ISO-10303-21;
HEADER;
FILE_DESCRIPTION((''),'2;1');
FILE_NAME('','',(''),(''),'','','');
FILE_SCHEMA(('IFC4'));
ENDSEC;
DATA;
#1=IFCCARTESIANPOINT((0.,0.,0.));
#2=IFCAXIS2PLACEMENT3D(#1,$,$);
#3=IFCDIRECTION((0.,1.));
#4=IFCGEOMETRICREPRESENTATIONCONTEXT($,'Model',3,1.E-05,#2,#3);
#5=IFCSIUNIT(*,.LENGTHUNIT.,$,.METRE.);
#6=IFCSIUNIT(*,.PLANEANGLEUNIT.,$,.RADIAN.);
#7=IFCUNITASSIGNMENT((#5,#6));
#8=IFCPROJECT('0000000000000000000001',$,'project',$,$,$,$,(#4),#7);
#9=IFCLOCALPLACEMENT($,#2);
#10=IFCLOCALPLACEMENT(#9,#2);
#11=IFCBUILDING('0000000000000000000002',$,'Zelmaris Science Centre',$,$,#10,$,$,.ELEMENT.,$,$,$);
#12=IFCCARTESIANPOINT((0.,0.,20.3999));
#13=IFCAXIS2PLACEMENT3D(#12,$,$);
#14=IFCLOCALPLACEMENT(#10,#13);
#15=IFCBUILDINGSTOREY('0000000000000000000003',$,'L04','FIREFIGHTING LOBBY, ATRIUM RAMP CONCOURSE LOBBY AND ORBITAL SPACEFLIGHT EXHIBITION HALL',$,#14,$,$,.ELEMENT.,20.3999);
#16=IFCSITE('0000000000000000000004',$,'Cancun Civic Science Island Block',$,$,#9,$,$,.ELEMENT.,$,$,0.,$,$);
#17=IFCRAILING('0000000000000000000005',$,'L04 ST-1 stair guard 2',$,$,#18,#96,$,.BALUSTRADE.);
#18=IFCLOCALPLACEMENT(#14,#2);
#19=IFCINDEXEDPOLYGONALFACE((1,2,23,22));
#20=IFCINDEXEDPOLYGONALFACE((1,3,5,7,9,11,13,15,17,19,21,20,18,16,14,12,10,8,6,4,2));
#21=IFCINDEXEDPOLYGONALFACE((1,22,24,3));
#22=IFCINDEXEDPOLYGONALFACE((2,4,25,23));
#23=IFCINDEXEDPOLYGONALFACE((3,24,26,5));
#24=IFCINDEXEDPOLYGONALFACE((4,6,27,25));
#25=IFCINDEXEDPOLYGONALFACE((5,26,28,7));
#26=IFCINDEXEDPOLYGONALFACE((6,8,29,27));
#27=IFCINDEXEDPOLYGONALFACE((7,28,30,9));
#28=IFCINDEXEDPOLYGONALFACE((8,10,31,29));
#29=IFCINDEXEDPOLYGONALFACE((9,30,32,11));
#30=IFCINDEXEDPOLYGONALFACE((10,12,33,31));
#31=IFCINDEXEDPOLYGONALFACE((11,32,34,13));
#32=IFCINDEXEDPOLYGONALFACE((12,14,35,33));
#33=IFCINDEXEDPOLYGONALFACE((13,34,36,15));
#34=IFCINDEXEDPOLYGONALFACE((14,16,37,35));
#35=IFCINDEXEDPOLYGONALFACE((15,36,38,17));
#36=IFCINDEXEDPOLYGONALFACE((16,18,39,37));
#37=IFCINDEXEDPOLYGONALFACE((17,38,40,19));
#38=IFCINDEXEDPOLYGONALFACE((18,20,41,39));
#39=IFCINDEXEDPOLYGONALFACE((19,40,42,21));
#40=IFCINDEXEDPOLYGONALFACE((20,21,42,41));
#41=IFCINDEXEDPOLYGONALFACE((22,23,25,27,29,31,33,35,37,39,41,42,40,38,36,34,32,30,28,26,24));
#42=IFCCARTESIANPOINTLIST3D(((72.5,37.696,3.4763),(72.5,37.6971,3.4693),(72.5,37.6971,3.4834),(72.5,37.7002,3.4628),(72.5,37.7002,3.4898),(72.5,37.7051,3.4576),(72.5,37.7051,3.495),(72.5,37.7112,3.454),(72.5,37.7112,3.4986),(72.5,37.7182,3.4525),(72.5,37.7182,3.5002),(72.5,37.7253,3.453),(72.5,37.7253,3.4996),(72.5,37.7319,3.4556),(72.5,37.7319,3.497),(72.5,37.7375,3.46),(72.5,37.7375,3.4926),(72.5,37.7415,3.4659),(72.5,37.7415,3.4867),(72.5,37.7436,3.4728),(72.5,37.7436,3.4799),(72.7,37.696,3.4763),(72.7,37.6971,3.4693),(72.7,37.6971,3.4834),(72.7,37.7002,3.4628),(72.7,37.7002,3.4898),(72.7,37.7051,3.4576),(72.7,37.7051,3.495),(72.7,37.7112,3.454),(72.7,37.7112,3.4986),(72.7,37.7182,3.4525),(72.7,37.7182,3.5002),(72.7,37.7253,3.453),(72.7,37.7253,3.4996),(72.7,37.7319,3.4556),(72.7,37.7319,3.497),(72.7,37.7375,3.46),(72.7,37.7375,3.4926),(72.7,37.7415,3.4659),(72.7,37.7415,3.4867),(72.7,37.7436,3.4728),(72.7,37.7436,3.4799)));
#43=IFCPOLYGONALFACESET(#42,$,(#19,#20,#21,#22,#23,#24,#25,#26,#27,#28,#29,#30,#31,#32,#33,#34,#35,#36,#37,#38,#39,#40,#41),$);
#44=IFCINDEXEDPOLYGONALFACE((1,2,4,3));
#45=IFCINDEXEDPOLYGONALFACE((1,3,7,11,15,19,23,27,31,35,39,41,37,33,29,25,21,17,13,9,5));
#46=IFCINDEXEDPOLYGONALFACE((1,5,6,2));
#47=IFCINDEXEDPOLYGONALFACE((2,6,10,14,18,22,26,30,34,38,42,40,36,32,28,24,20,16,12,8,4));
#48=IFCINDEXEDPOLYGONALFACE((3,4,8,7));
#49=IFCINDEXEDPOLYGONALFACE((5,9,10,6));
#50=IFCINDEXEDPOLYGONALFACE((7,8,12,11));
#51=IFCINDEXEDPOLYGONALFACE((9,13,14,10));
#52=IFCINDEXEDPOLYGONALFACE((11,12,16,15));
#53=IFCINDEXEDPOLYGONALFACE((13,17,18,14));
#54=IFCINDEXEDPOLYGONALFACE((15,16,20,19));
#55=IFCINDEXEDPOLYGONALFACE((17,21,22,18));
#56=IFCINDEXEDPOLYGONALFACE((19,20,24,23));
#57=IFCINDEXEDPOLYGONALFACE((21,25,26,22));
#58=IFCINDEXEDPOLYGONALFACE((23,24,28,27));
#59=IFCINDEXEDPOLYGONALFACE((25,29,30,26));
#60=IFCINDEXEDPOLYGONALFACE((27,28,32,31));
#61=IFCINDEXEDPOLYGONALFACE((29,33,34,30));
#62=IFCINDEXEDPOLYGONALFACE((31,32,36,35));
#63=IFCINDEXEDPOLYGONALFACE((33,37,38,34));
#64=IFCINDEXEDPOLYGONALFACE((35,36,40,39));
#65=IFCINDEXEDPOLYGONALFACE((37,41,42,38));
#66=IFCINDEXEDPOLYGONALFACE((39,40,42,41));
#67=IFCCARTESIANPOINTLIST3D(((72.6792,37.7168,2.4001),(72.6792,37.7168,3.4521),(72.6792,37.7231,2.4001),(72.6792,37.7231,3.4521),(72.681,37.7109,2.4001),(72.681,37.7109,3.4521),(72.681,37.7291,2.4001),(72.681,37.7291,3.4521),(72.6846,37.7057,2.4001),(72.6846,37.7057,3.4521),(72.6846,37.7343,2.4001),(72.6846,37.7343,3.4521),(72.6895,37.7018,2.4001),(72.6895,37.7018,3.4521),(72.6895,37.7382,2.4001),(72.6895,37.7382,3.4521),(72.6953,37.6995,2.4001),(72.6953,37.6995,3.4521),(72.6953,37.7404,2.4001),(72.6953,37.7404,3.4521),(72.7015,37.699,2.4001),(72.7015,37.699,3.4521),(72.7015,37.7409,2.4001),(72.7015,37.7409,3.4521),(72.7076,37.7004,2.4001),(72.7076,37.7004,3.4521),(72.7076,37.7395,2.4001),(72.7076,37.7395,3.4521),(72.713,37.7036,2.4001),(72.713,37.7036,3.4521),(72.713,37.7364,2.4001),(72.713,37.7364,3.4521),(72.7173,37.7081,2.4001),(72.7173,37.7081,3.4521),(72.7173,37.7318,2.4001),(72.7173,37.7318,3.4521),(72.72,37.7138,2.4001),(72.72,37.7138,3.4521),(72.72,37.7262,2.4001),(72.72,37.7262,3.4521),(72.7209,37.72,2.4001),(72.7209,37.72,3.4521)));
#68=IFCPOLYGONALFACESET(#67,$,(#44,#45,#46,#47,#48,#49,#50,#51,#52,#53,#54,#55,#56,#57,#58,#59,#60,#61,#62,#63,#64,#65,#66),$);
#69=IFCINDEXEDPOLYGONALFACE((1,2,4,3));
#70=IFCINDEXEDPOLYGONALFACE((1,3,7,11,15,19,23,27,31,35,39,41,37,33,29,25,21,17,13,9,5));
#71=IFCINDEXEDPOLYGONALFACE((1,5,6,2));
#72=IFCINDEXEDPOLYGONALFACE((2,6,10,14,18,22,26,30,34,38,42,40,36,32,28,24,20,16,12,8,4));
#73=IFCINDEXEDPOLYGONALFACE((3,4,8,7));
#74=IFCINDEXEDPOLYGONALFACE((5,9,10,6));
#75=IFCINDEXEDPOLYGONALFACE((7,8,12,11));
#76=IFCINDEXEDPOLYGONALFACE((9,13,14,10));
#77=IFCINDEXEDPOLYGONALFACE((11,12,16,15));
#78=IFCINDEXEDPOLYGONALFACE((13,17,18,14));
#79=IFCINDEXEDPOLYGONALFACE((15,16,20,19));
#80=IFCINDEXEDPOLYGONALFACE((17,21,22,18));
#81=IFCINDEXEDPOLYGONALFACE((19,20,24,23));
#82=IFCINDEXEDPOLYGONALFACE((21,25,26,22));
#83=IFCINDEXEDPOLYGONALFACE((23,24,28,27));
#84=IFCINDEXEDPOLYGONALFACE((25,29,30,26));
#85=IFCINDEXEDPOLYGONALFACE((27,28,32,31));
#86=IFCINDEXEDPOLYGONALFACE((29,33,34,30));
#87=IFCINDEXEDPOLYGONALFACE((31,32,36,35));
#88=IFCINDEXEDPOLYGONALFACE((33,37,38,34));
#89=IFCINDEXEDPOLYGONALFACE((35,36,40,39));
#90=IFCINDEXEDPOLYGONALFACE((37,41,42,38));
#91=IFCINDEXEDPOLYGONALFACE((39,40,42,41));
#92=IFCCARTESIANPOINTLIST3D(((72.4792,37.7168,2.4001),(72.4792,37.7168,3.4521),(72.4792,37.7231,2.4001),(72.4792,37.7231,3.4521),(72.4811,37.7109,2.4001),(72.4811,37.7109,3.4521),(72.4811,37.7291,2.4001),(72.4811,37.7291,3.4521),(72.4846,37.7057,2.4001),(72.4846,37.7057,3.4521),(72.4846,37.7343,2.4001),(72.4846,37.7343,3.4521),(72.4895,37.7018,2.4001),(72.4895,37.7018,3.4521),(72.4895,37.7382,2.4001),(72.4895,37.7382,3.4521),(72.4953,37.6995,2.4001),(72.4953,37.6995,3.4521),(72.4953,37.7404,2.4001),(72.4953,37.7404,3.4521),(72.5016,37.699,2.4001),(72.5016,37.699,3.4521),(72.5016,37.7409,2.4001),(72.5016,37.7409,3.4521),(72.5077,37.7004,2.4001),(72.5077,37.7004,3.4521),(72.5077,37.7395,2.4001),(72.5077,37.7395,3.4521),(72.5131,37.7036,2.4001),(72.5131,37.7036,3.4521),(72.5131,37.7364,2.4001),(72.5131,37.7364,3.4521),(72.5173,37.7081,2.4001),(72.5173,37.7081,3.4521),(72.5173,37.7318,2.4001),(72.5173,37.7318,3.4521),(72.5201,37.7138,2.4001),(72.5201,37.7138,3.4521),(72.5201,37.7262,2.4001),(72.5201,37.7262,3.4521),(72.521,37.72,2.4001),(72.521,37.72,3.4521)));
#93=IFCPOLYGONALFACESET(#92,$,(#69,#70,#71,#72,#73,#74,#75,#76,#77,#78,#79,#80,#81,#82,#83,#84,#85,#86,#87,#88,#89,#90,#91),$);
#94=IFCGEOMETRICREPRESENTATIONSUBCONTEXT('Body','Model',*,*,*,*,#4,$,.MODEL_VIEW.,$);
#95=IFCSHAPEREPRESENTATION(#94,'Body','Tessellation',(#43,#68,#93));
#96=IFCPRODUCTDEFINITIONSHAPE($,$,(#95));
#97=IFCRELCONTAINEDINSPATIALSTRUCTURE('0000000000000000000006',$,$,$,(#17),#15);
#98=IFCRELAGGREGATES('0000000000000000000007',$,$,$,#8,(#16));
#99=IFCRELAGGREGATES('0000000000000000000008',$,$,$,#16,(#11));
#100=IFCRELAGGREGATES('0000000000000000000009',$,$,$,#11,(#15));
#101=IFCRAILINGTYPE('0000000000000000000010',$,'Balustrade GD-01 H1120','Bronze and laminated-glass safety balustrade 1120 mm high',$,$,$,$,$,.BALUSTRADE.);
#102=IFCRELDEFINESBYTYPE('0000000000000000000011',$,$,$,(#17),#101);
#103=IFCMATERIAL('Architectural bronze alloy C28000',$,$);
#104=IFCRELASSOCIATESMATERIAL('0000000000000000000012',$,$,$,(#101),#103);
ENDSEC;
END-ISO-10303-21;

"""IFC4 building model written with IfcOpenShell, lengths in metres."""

from ifc_helpers import new_model, si_unit, direction, frame, origin, origin_2d, place, context, subcontext, project, spatial, circle, extrude, material, type_object, element, save


model = new_model("IFC4")

# Units and contexts
model_context = context("Model", 3, precision=1e-05, world=origin(), true_north=direction((0.0, 1.0)))
body_context = subcontext(model_context, "Body", "Model", "MODEL_VIEW")
ifc_project = project(units=[si_unit("LENGTHUNIT", "METRE"), si_unit("PLANEANGLEUNIT", "RADIAN")], contexts=[model_context])

# Site, building, storey
site_placement = place(None, origin())
site = spatial("IfcSite", under=ifc_project, at=site_placement, Name="Cancun Civic Science Island Block", CompositionType="ELEMENT", RefElevation=0.0)
building_placement = place(site_placement, origin())
building = spatial("IfcBuilding", under=site, at=building_placement, Name="Zelmaris Science Centre", CompositionType="ELEMENT")
storey_placement = place(building_placement, frame((0.0, 0.0, 20.3999)))
storey = spatial("IfcBuildingStorey", under=building, at=storey_placement, Name="L04", Description="FIREFIGHTING LOBBY, ATRIUM RAMP CONCOURSE LOBBY AND ORBITAL SPACEFLIGHT EXHIBITION HALL", CompositionType="ELEMENT", Elevation=20.3999)

# Railing
ifc_material_1 = material(Name="Architectural bronze alloy C28000")
railing_type_1 = type_object("IfcRailingType", Name="Balustrade GD-01 H1120", Description="Bronze and laminated-glass safety balustrade 1120 mm high", PredefinedType="BALUSTRADE", material=ifc_material_1)
railing_1_placement = place(storey_placement, frame((72.7, 37.72, 2.4001)))
element("IfcRailing", 1, at=railing_1_placement, inside=storey, type_object=railing_type_1, Name="L04 ST-1 stair guard 2", PredefinedType="BALUSTRADE", context=body_context, shape_type="SweptSolid", body=[
    extrude(circle(Radius=0.0239, at=origin_2d()), frame((0.0, 0.0, 1.0762), z_axis=(-1.0, 0.0, 0.0), x_axis=(0.0, -1.0, 0.0)), (0.0, 0.0, 1.0), 0.2),
    extrude(circle(Radius=0.021, at=origin_2d()), origin(), (0.0, 0.0, 1.0), 1.052),
    extrude(circle(Radius=0.021, at=origin_2d()), frame((-0.2, 0.0, 0.0)), (0.0, 0.0, 1.0), 1.052),
])

save(model, "model.ifc")
